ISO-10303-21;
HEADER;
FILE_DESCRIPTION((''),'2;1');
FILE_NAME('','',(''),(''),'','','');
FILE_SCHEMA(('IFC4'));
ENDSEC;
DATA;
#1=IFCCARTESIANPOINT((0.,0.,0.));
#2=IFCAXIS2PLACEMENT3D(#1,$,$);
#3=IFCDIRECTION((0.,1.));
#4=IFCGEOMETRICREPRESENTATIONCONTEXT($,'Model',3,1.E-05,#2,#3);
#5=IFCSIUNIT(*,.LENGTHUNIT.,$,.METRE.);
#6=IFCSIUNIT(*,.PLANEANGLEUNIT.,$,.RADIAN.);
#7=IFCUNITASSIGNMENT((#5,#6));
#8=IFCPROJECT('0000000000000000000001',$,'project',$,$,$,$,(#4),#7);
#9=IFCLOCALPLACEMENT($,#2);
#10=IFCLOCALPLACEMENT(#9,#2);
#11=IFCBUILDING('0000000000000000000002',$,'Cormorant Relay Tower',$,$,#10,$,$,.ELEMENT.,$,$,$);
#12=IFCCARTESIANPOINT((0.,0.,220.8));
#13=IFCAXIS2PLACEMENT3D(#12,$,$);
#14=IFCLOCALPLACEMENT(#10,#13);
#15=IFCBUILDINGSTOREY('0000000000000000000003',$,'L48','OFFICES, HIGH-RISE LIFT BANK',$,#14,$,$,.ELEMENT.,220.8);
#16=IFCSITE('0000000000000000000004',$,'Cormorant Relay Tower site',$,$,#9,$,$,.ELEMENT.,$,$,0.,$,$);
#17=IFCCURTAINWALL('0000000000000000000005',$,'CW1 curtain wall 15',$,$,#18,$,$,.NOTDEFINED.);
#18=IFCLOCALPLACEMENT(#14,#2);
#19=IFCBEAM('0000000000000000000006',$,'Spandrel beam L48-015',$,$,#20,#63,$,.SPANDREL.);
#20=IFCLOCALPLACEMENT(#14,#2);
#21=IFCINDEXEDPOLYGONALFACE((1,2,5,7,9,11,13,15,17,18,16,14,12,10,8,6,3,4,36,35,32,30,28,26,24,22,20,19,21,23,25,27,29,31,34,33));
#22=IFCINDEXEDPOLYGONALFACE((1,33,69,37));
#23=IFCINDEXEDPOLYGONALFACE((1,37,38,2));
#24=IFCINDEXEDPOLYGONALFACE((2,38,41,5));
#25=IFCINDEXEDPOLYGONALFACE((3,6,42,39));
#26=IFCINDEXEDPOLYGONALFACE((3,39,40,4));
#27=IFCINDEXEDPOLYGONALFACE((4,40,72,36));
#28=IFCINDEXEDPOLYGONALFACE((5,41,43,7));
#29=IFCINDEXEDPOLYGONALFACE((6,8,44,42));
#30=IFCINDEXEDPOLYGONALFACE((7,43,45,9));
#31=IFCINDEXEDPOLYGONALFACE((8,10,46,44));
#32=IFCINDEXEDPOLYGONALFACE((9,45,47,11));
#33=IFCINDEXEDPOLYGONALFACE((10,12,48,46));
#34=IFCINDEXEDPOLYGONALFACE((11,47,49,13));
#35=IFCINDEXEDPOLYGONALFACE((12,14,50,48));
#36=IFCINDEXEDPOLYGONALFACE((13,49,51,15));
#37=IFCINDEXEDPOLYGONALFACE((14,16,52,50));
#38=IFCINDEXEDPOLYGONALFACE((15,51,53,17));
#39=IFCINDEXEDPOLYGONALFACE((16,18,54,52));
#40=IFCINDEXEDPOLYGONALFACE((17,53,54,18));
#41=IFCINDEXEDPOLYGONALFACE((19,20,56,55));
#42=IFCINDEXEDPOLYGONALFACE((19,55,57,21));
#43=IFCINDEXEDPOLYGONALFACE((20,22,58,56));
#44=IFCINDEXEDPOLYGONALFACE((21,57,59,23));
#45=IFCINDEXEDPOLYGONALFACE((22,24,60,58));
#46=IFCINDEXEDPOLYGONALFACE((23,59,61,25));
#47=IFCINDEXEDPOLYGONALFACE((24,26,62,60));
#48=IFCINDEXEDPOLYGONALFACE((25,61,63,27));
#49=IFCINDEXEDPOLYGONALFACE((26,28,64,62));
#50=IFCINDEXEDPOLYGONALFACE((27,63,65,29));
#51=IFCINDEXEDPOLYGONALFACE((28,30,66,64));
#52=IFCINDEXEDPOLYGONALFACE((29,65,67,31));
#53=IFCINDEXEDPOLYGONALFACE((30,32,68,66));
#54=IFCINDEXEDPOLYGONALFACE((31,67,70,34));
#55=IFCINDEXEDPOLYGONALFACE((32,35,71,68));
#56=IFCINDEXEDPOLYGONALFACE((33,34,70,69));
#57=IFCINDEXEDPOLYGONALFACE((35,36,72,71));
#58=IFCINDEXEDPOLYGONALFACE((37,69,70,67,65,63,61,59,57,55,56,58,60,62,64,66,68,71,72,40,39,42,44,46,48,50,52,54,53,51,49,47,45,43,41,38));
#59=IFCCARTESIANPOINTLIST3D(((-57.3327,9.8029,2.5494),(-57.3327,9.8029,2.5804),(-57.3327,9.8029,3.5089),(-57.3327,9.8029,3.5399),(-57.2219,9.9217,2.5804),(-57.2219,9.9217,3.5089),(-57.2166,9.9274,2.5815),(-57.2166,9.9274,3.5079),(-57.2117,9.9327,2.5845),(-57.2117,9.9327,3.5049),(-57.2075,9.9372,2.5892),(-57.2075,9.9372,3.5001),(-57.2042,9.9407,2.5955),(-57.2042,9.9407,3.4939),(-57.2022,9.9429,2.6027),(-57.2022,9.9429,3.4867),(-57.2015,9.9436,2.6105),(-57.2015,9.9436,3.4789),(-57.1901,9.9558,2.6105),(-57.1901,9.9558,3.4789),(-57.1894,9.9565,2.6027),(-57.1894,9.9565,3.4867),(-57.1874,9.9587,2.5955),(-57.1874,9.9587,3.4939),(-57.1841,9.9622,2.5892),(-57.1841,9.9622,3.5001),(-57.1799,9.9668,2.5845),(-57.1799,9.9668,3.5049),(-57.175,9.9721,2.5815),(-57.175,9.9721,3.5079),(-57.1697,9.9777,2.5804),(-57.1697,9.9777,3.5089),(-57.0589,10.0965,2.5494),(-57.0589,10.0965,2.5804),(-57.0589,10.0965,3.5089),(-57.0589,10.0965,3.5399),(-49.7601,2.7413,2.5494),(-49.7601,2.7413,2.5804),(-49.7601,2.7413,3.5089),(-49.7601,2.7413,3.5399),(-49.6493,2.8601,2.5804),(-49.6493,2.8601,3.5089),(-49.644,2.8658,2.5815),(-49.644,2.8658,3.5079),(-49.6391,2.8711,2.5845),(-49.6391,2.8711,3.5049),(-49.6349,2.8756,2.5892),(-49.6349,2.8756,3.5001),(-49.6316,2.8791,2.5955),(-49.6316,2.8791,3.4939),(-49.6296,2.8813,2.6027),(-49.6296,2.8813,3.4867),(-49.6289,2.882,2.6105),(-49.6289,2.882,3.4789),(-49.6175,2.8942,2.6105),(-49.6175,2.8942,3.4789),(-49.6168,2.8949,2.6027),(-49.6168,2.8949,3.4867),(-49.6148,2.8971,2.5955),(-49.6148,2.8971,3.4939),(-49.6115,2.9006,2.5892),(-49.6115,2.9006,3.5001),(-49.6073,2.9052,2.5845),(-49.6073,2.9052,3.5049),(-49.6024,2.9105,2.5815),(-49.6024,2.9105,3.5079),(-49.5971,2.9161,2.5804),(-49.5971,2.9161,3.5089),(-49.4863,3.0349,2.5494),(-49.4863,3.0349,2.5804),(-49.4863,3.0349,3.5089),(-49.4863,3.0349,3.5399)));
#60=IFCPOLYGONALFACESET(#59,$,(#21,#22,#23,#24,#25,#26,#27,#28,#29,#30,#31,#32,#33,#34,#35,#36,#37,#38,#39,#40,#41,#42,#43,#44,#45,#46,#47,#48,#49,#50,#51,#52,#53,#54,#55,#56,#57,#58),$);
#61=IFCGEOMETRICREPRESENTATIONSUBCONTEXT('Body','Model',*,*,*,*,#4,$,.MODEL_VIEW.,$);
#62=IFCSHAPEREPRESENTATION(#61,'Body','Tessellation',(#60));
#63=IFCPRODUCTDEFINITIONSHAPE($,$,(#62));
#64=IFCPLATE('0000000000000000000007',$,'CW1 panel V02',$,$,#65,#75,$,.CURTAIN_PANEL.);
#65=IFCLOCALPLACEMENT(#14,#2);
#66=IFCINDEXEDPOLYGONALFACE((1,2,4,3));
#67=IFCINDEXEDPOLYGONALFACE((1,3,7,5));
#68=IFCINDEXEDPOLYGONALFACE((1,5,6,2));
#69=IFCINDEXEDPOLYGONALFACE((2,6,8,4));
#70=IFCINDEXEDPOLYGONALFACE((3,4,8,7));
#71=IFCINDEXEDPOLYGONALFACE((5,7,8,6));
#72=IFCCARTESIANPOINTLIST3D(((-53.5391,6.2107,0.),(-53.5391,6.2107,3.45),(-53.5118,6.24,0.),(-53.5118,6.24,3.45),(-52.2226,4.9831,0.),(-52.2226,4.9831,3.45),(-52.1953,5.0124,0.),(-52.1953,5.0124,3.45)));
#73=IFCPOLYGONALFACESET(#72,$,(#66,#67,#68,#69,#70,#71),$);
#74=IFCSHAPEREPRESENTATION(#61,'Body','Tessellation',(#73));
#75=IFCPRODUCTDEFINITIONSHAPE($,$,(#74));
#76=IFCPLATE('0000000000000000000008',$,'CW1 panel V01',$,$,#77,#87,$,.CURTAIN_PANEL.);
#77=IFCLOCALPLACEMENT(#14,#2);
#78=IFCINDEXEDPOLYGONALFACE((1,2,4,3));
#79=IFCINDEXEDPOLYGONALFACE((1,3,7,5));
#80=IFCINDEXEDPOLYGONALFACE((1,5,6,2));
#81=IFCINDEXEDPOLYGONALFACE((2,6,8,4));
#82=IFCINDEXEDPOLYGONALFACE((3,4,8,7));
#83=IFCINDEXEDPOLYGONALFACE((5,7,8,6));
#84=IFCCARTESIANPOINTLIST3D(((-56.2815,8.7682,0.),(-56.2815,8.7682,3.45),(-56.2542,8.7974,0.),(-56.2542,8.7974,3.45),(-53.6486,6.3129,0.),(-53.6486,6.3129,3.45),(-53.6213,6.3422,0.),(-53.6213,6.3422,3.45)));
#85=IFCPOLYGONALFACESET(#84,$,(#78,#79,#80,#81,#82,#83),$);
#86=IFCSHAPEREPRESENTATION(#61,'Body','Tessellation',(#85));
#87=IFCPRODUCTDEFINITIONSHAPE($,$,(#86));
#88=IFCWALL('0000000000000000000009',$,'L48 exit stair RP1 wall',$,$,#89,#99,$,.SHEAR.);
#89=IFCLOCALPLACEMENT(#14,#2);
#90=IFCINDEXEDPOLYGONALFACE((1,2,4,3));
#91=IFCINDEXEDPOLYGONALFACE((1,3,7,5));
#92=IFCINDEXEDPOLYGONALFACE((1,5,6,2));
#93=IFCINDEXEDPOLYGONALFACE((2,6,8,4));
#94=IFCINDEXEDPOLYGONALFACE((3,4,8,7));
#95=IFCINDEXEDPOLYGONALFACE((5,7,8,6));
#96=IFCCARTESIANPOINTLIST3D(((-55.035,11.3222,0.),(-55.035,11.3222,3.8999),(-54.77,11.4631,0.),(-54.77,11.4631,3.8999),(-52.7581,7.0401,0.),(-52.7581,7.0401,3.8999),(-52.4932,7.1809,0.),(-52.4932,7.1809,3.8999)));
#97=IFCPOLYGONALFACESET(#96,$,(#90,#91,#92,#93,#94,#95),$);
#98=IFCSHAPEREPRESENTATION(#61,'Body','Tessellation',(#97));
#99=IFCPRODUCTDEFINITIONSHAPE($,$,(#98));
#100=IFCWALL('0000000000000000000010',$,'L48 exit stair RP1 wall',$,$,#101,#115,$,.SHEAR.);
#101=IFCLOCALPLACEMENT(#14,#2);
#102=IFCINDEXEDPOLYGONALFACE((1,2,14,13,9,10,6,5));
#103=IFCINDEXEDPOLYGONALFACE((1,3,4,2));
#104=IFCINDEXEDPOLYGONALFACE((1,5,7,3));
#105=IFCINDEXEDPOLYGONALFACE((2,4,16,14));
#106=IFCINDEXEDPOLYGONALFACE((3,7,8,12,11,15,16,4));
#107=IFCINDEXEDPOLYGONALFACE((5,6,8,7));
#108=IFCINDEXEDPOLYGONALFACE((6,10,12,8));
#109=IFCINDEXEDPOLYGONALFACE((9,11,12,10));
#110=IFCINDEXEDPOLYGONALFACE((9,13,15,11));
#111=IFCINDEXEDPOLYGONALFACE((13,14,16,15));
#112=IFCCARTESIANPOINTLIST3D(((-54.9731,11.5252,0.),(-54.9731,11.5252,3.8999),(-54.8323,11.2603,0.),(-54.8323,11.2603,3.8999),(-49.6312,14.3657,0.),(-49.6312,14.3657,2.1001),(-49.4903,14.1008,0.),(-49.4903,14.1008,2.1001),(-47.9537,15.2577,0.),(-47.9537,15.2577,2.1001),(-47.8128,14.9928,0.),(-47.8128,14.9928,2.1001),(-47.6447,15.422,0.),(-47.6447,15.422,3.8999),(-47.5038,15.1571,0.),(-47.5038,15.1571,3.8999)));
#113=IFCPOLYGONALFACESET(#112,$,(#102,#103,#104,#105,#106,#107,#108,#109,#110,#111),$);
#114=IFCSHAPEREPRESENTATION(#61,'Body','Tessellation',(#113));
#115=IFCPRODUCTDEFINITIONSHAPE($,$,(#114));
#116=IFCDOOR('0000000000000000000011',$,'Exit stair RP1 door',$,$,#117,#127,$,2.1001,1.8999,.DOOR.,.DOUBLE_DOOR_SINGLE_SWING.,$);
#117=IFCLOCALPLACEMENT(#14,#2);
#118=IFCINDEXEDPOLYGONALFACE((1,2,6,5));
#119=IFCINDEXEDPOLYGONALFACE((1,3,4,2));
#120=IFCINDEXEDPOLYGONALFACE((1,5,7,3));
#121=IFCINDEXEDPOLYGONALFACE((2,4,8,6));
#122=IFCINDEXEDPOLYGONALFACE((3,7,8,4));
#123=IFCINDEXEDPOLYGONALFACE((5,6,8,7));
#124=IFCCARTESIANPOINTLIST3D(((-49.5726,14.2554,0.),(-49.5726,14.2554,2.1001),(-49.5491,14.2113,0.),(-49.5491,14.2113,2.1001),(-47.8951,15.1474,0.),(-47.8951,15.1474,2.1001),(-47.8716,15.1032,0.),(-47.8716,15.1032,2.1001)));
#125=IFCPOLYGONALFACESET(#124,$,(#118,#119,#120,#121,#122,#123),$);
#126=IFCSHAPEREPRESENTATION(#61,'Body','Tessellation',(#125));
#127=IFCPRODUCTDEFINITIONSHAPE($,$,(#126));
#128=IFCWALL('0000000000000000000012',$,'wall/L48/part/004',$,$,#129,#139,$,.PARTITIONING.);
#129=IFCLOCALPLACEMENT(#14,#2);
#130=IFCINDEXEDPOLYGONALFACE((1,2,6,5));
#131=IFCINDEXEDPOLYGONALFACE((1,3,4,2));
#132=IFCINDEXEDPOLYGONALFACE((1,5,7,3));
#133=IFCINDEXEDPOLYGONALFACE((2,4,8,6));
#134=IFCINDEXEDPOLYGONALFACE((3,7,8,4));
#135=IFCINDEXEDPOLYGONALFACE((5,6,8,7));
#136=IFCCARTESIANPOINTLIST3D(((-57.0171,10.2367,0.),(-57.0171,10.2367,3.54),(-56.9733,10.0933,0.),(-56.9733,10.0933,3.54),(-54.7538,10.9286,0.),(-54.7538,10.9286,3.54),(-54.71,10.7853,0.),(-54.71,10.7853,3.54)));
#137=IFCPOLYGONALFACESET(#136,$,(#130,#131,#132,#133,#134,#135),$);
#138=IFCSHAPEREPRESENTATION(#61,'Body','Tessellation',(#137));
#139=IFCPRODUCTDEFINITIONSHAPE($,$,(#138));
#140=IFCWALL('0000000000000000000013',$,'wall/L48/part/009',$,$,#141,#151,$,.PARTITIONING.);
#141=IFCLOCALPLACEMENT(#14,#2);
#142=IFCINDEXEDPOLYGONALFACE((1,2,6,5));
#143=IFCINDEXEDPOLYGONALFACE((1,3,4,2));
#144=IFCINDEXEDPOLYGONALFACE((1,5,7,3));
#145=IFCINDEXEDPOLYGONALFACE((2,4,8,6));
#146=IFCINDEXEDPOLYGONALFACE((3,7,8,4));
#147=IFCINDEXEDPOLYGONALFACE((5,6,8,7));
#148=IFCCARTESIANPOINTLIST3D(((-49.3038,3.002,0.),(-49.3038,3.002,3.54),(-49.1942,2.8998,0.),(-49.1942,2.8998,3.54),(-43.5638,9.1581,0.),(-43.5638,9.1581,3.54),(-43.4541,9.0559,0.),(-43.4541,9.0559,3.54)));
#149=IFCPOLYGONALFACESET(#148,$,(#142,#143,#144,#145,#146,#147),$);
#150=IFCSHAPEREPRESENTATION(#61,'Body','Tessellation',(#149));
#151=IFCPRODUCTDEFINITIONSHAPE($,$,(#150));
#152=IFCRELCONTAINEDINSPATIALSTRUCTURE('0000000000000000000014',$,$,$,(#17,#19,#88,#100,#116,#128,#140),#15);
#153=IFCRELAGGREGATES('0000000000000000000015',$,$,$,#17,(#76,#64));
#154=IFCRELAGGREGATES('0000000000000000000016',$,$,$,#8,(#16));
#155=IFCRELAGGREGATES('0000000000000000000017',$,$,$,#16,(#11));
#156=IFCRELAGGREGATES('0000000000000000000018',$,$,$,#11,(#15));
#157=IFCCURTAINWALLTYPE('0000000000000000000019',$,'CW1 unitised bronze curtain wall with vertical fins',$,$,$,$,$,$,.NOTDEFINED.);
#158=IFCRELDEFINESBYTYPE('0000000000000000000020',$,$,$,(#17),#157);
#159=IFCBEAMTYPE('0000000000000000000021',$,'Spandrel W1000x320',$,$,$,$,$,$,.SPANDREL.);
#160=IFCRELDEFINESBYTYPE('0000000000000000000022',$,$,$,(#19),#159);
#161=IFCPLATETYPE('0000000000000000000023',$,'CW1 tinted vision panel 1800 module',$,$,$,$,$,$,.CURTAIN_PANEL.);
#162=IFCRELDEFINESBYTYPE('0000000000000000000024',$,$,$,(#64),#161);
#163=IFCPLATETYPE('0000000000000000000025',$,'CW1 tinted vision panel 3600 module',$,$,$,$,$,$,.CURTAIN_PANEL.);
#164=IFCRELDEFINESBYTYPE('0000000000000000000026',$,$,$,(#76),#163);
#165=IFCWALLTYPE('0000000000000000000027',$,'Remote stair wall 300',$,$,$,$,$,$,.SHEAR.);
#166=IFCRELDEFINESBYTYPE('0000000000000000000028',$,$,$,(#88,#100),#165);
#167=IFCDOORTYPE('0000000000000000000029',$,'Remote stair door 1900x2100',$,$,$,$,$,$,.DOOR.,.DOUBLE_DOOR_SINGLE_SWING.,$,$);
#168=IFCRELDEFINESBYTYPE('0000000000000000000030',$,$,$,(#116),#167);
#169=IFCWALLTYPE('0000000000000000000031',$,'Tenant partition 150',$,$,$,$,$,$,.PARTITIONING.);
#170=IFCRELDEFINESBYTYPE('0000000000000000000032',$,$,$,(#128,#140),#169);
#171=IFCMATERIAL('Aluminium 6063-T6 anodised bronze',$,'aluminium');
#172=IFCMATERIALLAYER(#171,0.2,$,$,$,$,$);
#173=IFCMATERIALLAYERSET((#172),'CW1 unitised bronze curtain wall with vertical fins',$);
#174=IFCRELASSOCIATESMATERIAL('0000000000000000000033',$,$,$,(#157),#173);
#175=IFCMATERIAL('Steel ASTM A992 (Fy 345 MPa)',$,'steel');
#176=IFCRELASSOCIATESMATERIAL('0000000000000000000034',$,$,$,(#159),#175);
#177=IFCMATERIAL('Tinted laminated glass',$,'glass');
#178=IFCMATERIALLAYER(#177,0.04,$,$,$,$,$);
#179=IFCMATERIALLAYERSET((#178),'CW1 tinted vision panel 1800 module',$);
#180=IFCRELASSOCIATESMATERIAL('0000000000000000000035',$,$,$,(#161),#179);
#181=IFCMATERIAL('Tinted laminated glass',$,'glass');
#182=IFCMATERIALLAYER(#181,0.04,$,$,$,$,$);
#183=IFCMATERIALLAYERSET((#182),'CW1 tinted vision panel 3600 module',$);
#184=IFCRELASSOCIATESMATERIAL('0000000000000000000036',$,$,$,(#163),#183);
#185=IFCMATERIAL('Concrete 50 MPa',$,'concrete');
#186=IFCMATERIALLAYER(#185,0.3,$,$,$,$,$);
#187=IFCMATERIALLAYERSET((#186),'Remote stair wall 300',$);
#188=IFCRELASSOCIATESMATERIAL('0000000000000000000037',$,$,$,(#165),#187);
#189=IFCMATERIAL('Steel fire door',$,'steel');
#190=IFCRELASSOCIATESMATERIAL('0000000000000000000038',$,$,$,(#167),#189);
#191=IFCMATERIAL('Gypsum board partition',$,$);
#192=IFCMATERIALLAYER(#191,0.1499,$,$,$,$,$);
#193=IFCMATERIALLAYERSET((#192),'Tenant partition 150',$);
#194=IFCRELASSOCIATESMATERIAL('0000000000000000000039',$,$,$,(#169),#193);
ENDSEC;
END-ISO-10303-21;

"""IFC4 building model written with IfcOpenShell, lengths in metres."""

from ifc_helpers import new_model, si_unit, direction, frame, frame_2d, origin, origin_2d, place, context, subcontext, project, spatial, rectangle, i_section, extrude, material, layer, layer_set, material_profile, profile_set, type_object, element, fill, aggregate, save


model = new_model("IFC4")

# Units and contexts
model_context = context("Model", 3, precision=1e-05, world=origin(), true_north=direction((0.0, 1.0)))
body_context = subcontext(model_context, "Body", "Model", "MODEL_VIEW")
ifc_project = project(units=[si_unit("LENGTHUNIT", "METRE"), si_unit("PLANEANGLEUNIT", "RADIAN")], contexts=[model_context])

# Site, building, storey
site_placement = place(None, origin())
site = spatial("IfcSite", under=ifc_project, at=site_placement, Name="Cormorant Relay Tower site", CompositionType="ELEMENT", RefElevation=0.0)
building_placement = place(site_placement, origin())
building = spatial("IfcBuilding", under=site, at=building_placement, Name="Cormorant Relay Tower", CompositionType="ELEMENT")
storey_placement = place(building_placement, frame((0.0, 0.0, 220.8)))
storey = spatial("IfcBuildingStorey", under=building, at=storey_placement, Name="L48", Description="OFFICES, HIGH-RISE LIFT BANK", CompositionType="ELEMENT", Elevation=220.8)

# Curtain wall
ifc_material_1 = material(Name="Aluminium 6063-T6 anodised bronze", Category="aluminium")
ifc_layer_1 = layer(ifc_material_1, 0.2)
ifc_layer_set_1 = layer_set([ifc_layer_1], Name="CW1 unitised bronze curtain wall with vertical fins")
curtain_wall_type = type_object("IfcCurtainWallType", Name="CW1 unitised bronze curtain wall with vertical fins", PredefinedType="NOTDEFINED", material=ifc_layer_set_1)
curtain_wall_1_placement = place(storey_placement, origin())
curtain_wall_1 = element("IfcCurtainWall", 1, at=curtain_wall_1_placement, inside=storey, type_object=curtain_wall_type, Name="CW1 curtain wall 15", PredefinedType="NOTDEFINED")

# Beam
ifc_material_2 = material(Name="Steel ASTM A992 (Fy 345 MPa)", Category="steel")
ifc_material_profile_1 = material_profile(ifc_material_2, i_section(OverallWidth=0.4014, OverallDepth=0.9905, WebThickness=0.0166, FlangeThickness=0.031, FilletRadius=0.03, at=origin_2d()), Name="W1000x320")
ifc_profile_set_1 = profile_set([ifc_material_profile_1], Name="Steel ASTM A992 (Fy 345 MPa)")
beam_type = type_object("IfcBeamType", Name="Spandrel W1000x320", PredefinedType="SPANDREL", material=ifc_profile_set_1)
beam_placement = place(storey_placement, frame((-57.1958, 9.9497, 3.0447), z_axis=(0.731352, -0.682001, 0.0), x_axis=(0.682001, 0.731352, 0.0)))
element("IfcBeam", 2, at=beam_placement, inside=storey, type_object=beam_type, Name="Spandrel beam L48-015", PredefinedType="SPANDREL", context=body_context, shape_type="SweptSolid", body=[
    extrude(i_section(OverallWidth=0.4014, OverallDepth=0.9905, WebThickness=0.0166, FlangeThickness=0.031, FilletRadius=0.03, at=origin_2d()), origin(), (0.0, 0.0, 1.0), 10.3542),
])

# Plates
ifc_material_3 = material(Name="Tinted laminated glass", Category="glass")
ifc_layer_2 = layer(ifc_material_3, 0.04)
ifc_layer_set_2 = layer_set([ifc_layer_2], Name="CW1 tinted vision panel 1800 module")
plate_type_1 = type_object("IfcPlateType", Name="CW1 tinted vision panel 1800 module", PredefinedType="CURTAIN_PANEL", material=ifc_layer_set_2)
plate_1_placement = place(storey_placement, frame((-52.8672, 5.6116, 0.0), z_axis=(0.0, 0.0, 1.0), x_axis=(0.731354, -0.681998, 0.0)))
plate_1 = element("IfcPlate", 3, at=plate_1_placement, type_object=plate_type_1, Name="CW1 panel V02", PredefinedType="CURTAIN_PANEL", context=body_context, shape_type="SweptSolid", body=[
    extrude(rectangle(XDim=1.8, YDim=0.04, at=origin_2d()), origin(), (0.0, 0.0, 1.0), 3.45),
])
ifc_material_4 = material(Name="Tinted laminated glass", Category="glass")
ifc_layer_3 = layer(ifc_material_4, 0.04)
ifc_layer_set_3 = layer_set([ifc_layer_3], Name="CW1 tinted vision panel 3600 module")
plate_type_2 = type_object("IfcPlateType", Name="CW1 tinted vision panel 3600 module", PredefinedType="CURTAIN_PANEL", material=ifc_layer_set_3)
plate_2_placement = place(storey_placement, frame((-54.9514, 7.5552, 0.0), z_axis=(0.0, 0.0, 1.0), x_axis=(0.731354, -0.681998, 0.0)))
plate_2 = element("IfcPlate", 4, at=plate_2_placement, type_object=plate_type_2, Name="CW1 panel V01", PredefinedType="CURTAIN_PANEL", context=body_context, shape_type="SweptSolid", body=[
    extrude(rectangle(XDim=3.6001, YDim=0.04, at=origin_2d()), origin(), (0.0, 0.0, 1.0), 3.45),
])

# Wall
ifc_material_5 = material(Name="Concrete 50 MPa", Category="concrete")
ifc_layer_4 = layer(ifc_material_5, 0.3)
ifc_layer_set_4 = layer_set([ifc_layer_4], Name="Remote stair wall 300")
wall_type_1 = type_object("IfcWallType", Name="Remote stair wall 300", PredefinedType="SHEAR", material=ifc_layer_set_4)
wall_1_placement = place(storey_placement, frame((-52.6257, 7.1106, 0.0), z_axis=(0.0, 0.0, 1.0), x_axis=(-0.469464, 0.882951, 0.0)))
element("IfcWall", 5, at=wall_1_placement, inside=storey, type_object=wall_type_1, Name="L48 exit stair RP1 wall", PredefinedType="SHEAR", context=body_context, shape_type="SweptSolid", body=[
    extrude(rectangle(XDim=4.8499, YDim=0.3, at=frame_2d((2.4248, 0.0))), origin(), (0.0, 0.0, 1.0), 3.8999),
])

# Wall, opening, door
wall_2_placement = place(storey_placement, frame((-54.9026, 11.3928, 0.0), z_axis=(0.0, 0.0, 1.0), x_axis=(0.882939, 0.469487, 0.0)))
wall_2 = element("IfcWall", 6, at=wall_2_placement, inside=storey, type_object=wall_type_1, Name="L48 exit stair RP1 wall", PredefinedType="SHEAR", context=body_context, shape_type="SweptSolid", body=[
    extrude(rectangle(XDim=8.3, YDim=0.3, at=frame_2d((4.1499, 0.0))), origin(), (0.0, 0.0, 1.0), 3.8999),
])
opening_placement = place(wall_2_placement, frame((6.05, 0.0, 0.0)))
opening = element("IfcOpeningElement", 7, at=opening_placement, cuts=wall_2, PredefinedType="OPENING", context=body_context, shape_type="SweptSolid", body=[
    extrude(rectangle(XDim=1.8999, YDim=2.1001, at=frame_2d((0.95, 1.05))), frame((0.0, 0.1599, 0.0), z_axis=(0.0, -1.0, 0.0), x_axis=(1.0, 0.0, 0.0)), (0.0, 0.0, 1.0), 0.3201),
])
ifc_material_6 = material(Name="Steel fire door", Category="steel")
door_type = type_object("IfcDoorType", Name="Remote stair door 1900x2100", OperationType="DOUBLE_DOOR_SINGLE_SWING", PredefinedType="DOOR", material=ifc_material_6)
door_placement = place(opening_placement, frame((1.8999, 0.0, 0.0), z_axis=(0.0, 0.0, 1.0), x_axis=(-1.0, 0.0, 0.0)))
door = element("IfcDoor", 8, at=door_placement, inside=storey, type_object=door_type, Name="Exit stair RP1 door", OperationType="DOUBLE_DOOR_SINGLE_SWING", OverallHeight=2.1001, OverallWidth=1.8999, PredefinedType="DOOR", context=body_context, shape_type="SweptSolid", body=[
    extrude(rectangle(XDim=1.8999, YDim=2.1001, at=frame_2d((0.95, 1.05))), frame((0.0, 0.0249, 0.0), z_axis=(0.0, -1.0, 0.0), x_axis=(1.0, 0.0, 0.0)), (0.0, 0.0, 1.0), 0.05),
])
fill(opening, door)

# Walls
ifc_material_7 = material(Name="Gypsum board partition")
ifc_layer_5 = layer(ifc_material_7, 0.1499)
ifc_layer_set_5 = layer_set([ifc_layer_5], Name="Tenant partition 150")
wall_type_2 = type_object("IfcWallType", Name="Tenant partition 150", PredefinedType="PARTITIONING", material=ifc_layer_set_5)
wall_3_placement = place(storey_placement, frame((-54.7319, 10.8569, 0.0), z_axis=(0.0, 0.0, 1.0), x_axis=(-0.956308, -0.29236, 0.0)))
element("IfcWall", 9, at=wall_3_placement, inside=storey, type_object=wall_type_2, Name="wall/L48/part/004", PredefinedType="PARTITIONING", context=body_context, shape_type="SweptSolid", body=[
    extrude(rectangle(XDim=2.3667, YDim=0.1499, at=frame_2d((1.1833, 0.0))), origin(), (0.0, 0.0, 1.0), 3.54),
])
wall_4_placement = place(storey_placement, frame((-49.249, 2.9509, 0.0), z_axis=(0.0, 0.0, 1.0), x_axis=(0.681962, 0.731388, 0.0)))
element("IfcWall", 10, at=wall_4_placement, inside=storey, type_object=wall_type_2, Name="wall/L48/part/009", PredefinedType="PARTITIONING", context=body_context, shape_type="SweptSolid", body=[
    extrude(rectangle(XDim=8.417, YDim=0.1499, at=frame_2d((4.2085, 0.0))), origin(), (0.0, 0.0, 1.0), 3.54),
])

aggregate(curtain_wall_1, [plate_2, plate_1])

save(model, "model.ifc")
